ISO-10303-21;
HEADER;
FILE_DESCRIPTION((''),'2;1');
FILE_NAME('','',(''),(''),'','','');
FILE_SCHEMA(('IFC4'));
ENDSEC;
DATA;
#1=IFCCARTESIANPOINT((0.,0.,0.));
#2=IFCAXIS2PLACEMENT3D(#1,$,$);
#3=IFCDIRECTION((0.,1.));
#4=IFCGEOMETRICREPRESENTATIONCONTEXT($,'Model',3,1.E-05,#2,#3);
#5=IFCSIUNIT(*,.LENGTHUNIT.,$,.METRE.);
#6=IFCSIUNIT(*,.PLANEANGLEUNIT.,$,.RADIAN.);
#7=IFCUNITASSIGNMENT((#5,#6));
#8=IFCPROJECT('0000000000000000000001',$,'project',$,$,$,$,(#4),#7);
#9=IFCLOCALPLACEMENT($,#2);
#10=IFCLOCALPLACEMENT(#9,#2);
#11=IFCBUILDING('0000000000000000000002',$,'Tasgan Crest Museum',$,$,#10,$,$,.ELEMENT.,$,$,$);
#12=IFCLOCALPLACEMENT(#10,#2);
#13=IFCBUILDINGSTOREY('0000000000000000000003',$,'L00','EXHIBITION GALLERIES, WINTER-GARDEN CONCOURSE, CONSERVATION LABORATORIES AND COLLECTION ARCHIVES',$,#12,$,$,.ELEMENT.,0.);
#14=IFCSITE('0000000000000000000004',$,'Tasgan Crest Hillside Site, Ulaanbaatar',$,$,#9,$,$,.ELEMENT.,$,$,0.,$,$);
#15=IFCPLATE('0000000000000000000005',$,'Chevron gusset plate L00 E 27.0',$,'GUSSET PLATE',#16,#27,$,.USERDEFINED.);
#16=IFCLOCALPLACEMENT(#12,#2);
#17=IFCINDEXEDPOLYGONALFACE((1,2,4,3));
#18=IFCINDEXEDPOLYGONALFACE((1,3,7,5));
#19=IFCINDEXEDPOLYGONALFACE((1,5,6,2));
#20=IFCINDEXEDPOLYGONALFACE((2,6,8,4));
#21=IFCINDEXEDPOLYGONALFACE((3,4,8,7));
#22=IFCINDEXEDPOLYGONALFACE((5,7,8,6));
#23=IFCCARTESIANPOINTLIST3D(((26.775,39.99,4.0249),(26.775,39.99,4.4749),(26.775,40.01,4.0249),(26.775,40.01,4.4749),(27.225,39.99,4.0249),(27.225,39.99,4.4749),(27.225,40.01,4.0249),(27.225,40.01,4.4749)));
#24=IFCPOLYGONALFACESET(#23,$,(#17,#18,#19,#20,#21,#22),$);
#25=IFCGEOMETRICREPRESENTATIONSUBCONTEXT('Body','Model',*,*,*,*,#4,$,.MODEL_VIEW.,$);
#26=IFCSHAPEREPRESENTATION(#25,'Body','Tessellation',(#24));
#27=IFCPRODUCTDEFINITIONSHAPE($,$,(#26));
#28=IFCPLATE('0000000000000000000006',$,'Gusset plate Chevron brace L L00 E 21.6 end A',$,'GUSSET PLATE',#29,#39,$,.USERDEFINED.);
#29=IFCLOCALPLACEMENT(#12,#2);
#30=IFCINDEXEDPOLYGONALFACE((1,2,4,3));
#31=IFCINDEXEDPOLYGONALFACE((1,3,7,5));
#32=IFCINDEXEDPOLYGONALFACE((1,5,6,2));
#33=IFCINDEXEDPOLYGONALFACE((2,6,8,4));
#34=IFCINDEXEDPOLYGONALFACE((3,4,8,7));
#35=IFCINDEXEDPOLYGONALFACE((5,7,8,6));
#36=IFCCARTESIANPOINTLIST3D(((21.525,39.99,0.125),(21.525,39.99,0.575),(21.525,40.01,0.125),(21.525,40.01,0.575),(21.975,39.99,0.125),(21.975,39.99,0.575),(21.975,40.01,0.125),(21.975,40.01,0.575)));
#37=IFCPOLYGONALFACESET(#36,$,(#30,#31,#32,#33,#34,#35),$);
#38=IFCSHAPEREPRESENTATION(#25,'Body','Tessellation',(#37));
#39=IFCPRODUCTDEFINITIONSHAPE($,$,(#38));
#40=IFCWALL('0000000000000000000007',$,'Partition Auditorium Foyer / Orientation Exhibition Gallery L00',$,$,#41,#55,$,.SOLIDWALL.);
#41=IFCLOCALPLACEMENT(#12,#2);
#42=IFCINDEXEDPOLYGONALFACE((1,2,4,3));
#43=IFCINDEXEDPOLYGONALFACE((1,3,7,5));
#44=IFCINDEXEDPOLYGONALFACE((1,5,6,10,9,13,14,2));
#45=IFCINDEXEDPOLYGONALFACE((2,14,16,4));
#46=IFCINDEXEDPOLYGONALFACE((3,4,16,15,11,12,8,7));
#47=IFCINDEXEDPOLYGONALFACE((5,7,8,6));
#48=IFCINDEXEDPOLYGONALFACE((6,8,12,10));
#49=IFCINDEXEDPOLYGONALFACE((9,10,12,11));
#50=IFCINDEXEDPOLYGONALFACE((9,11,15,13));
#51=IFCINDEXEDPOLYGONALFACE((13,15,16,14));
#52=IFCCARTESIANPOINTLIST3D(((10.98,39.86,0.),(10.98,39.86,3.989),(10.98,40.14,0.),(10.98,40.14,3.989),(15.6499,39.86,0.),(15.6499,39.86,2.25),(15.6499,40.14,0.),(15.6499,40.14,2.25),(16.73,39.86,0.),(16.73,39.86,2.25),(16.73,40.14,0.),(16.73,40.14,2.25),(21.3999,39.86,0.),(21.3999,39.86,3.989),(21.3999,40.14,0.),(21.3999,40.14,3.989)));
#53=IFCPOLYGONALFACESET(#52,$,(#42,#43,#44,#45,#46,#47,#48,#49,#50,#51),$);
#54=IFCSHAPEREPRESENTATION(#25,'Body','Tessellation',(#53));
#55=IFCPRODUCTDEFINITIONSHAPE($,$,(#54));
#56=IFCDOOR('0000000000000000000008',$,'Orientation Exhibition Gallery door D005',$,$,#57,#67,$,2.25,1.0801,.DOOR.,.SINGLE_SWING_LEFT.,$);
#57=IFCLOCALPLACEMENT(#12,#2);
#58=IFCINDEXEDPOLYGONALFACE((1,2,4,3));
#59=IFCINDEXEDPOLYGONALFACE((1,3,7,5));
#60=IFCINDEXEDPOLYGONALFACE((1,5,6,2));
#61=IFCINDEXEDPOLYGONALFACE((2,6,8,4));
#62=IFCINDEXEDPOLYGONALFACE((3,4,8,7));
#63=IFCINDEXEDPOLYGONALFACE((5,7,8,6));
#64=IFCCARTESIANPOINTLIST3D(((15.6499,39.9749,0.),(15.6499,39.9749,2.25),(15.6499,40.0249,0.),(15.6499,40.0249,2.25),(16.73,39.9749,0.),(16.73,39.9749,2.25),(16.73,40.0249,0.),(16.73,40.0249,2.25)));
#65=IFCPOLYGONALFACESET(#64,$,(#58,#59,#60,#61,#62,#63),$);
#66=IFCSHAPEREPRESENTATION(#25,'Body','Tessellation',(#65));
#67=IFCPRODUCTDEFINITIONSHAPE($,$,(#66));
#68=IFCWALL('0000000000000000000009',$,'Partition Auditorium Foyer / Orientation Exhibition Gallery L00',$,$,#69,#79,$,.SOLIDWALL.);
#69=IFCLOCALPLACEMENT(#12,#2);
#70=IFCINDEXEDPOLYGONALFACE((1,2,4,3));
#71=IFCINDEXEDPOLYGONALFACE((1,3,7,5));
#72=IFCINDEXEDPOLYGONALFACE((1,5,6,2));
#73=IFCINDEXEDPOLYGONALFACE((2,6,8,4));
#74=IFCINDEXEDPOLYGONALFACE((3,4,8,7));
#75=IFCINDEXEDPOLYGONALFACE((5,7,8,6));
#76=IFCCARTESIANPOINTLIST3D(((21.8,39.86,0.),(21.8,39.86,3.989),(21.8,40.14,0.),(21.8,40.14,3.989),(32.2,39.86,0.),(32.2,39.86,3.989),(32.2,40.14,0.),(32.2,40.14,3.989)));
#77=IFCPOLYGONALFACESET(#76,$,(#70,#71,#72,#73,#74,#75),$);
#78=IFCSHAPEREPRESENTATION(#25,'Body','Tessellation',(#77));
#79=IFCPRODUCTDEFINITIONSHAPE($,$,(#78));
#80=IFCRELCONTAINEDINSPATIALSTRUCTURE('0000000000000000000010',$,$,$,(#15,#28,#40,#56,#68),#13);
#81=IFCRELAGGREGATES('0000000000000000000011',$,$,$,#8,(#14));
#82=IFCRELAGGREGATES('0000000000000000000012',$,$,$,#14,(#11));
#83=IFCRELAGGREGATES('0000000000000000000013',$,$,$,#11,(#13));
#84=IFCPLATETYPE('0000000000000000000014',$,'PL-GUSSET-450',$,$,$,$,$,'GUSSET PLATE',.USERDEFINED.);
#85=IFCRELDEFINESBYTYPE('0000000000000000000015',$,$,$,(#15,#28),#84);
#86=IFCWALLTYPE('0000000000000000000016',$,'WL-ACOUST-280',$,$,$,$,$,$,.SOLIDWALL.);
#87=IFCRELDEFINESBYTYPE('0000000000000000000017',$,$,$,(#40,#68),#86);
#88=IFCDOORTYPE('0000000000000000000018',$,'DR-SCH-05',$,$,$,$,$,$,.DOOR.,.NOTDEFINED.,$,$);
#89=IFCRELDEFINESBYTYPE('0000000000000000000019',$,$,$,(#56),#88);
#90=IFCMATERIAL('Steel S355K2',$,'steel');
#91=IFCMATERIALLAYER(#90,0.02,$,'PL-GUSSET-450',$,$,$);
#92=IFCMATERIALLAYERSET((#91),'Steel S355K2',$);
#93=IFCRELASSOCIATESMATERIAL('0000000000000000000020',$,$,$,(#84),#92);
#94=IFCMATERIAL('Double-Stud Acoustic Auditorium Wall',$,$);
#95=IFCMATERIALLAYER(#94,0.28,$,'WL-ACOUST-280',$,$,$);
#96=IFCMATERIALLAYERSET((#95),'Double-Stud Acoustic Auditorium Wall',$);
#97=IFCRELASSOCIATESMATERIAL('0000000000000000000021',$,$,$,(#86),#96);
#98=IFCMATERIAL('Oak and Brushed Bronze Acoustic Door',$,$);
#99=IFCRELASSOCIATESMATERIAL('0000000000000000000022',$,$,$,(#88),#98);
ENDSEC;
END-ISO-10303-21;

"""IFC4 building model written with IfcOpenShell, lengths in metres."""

from ifc_helpers import new_model, si_unit, direction, frame, frame_2d, origin, origin_2d, place, context, subcontext, project, spatial, rectangle, extrude, material, layer, layer_set, type_object, element, fill, save


model = new_model("IFC4")

# Units and contexts
model_context = context("Model", 3, precision=1e-05, world=origin(), true_north=direction((0.0, 1.0)))
body_context = subcontext(model_context, "Body", "Model", "MODEL_VIEW")
ifc_project = project(units=[si_unit("LENGTHUNIT", "METRE"), si_unit("PLANEANGLEUNIT", "RADIAN")], contexts=[model_context])

# Site, building, storey
site_placement = place(None, origin())
site = spatial("IfcSite", under=ifc_project, at=site_placement, Name="Tasgan Crest Hillside Site, Ulaanbaatar", CompositionType="ELEMENT", RefElevation=0.0)
building_placement = place(site_placement, origin())
building = spatial("IfcBuilding", under=site, at=building_placement, Name="Tasgan Crest Museum", CompositionType="ELEMENT")
storey_placement = place(building_placement, origin())
storey = spatial("IfcBuildingStorey", under=building, at=storey_placement, Name="L00", Description="EXHIBITION GALLERIES, WINTER-GARDEN CONCOURSE, CONSERVATION LABORATORIES AND COLLECTION ARCHIVES", CompositionType="ELEMENT", Elevation=0.0)

# Plates
ifc_material_1 = material(Name="Steel S355K2", Category="steel")
ifc_layer_1 = layer(ifc_material_1, 0.02, Name="PL-GUSSET-450")
ifc_layer_set_1 = layer_set([ifc_layer_1], Name="Steel S355K2")
plate_type_1 = type_object("IfcPlateType", Name="PL-GUSSET-450", ElementType="GUSSET PLATE", PredefinedType="USERDEFINED", material=ifc_layer_set_1)
for number, where, z_axis, x_axis, name in (
    (1, (27.0, 40.0, 4.0249), (0.0, 0.0, 1.0), (1.0, 0.0, 0.0), "Chevron gusset plate L00 E 27.0"),
    (2, (21.75, 40.0, 0.125), (0.0, 0.0, 1.0), (1.0, 0.0, 0.0), "Gusset plate Chevron brace L L00 E 21.6 end A"),
):
    element("IfcPlate", number, at=place(storey_placement, frame(where, z_axis=z_axis, x_axis=x_axis)), inside=storey, type_object=plate_type_1, Name=name, ObjectType="GUSSET PLATE", PredefinedType="USERDEFINED", context=body_context, shape_type="SweptSolid", body=[
        extrude(rectangle(XDim=0.45, YDim=0.02, at=origin_2d()), origin(), (0.0, 0.0, 1.0), 0.45),
    ])

# Wall, opening, door
ifc_material_2 = material(Name="Double-Stud Acoustic Auditorium Wall")
ifc_layer_2 = layer(ifc_material_2, 0.28, Name="WL-ACOUST-280")
ifc_layer_set_2 = layer_set([ifc_layer_2], Name="Double-Stud Acoustic Auditorium Wall")
wall_type = type_object("IfcWallType", Name="WL-ACOUST-280", PredefinedType="SOLIDWALL", material=ifc_layer_set_2)
wall_1_placement = place(storey_placement, frame((10.98, 40.0, 0.0), z_axis=(0.0, 0.0, 1.0), x_axis=(1.0, 0.0, 0.0)))
wall_1 = element("IfcWall", 3, at=wall_1_placement, inside=storey, type_object=wall_type, Name="Partition Auditorium Foyer / Orientation Exhibition Gallery L00", PredefinedType="SOLIDWALL", context=body_context, shape_type="SweptSolid", body=[
    extrude(rectangle(XDim=10.4199, YDim=0.28, at=frame_2d((5.21, 0.0))), origin(), (0.0, 0.0, 1.0), 3.989),
])
opening_placement = place(wall_1_placement, frame((4.6699, 0.0, 0.0)))
opening = element("IfcOpeningElement", 4, at=opening_placement, cuts=wall_1, PredefinedType="OPENING", context=body_context, shape_type="SweptSolid", body=[
    extrude(rectangle(XDim=1.0801, YDim=2.25, at=frame_2d((0.54, 1.125))), frame((0.0, 0.1499, 0.0), z_axis=(0.0, -1.0, 0.0), x_axis=(1.0, 0.0, 0.0)), (0.0, 0.0, 1.0), 0.3),
])
ifc_material_3 = material(Name="Oak and Brushed Bronze Acoustic Door")
door_type = type_object("IfcDoorType", Name="DR-SCH-05", OperationType="NOTDEFINED", PredefinedType="DOOR", material=ifc_material_3)
door_placement = place(opening_placement, origin())
door = element("IfcDoor", 5, at=door_placement, inside=storey, type_object=door_type, Name="Orientation Exhibition Gallery door D005", OperationType="SINGLE_SWING_LEFT", OverallHeight=2.25, OverallWidth=1.0801, PredefinedType="DOOR", context=body_context, shape_type="SweptSolid", body=[
    extrude(rectangle(XDim=1.0801, YDim=2.25, at=frame_2d((0.54, 1.125))), frame((0.0, 0.0249, 0.0), z_axis=(0.0, -1.0, 0.0), x_axis=(1.0, 0.0, 0.0)), (0.0, 0.0, 1.0), 0.05),
])
fill(opening, door)

# Wall
wall_2_placement = place(storey_placement, frame((21.8, 40.0, 0.0), z_axis=(0.0, 0.0, 1.0), x_axis=(1.0, 0.0, 0.0)))
element("IfcWall", 6, at=wall_2_placement, inside=storey, type_object=wall_type, Name="Partition Auditorium Foyer / Orientation Exhibition Gallery L00", PredefinedType="SOLIDWALL", context=body_context, shape_type="SweptSolid", body=[
    extrude(rectangle(XDim=10.3999, YDim=0.28, at=frame_2d((5.2, 0.0))), origin(), (0.0, 0.0, 1.0), 3.989),
])

save(model, "model.ifc")
